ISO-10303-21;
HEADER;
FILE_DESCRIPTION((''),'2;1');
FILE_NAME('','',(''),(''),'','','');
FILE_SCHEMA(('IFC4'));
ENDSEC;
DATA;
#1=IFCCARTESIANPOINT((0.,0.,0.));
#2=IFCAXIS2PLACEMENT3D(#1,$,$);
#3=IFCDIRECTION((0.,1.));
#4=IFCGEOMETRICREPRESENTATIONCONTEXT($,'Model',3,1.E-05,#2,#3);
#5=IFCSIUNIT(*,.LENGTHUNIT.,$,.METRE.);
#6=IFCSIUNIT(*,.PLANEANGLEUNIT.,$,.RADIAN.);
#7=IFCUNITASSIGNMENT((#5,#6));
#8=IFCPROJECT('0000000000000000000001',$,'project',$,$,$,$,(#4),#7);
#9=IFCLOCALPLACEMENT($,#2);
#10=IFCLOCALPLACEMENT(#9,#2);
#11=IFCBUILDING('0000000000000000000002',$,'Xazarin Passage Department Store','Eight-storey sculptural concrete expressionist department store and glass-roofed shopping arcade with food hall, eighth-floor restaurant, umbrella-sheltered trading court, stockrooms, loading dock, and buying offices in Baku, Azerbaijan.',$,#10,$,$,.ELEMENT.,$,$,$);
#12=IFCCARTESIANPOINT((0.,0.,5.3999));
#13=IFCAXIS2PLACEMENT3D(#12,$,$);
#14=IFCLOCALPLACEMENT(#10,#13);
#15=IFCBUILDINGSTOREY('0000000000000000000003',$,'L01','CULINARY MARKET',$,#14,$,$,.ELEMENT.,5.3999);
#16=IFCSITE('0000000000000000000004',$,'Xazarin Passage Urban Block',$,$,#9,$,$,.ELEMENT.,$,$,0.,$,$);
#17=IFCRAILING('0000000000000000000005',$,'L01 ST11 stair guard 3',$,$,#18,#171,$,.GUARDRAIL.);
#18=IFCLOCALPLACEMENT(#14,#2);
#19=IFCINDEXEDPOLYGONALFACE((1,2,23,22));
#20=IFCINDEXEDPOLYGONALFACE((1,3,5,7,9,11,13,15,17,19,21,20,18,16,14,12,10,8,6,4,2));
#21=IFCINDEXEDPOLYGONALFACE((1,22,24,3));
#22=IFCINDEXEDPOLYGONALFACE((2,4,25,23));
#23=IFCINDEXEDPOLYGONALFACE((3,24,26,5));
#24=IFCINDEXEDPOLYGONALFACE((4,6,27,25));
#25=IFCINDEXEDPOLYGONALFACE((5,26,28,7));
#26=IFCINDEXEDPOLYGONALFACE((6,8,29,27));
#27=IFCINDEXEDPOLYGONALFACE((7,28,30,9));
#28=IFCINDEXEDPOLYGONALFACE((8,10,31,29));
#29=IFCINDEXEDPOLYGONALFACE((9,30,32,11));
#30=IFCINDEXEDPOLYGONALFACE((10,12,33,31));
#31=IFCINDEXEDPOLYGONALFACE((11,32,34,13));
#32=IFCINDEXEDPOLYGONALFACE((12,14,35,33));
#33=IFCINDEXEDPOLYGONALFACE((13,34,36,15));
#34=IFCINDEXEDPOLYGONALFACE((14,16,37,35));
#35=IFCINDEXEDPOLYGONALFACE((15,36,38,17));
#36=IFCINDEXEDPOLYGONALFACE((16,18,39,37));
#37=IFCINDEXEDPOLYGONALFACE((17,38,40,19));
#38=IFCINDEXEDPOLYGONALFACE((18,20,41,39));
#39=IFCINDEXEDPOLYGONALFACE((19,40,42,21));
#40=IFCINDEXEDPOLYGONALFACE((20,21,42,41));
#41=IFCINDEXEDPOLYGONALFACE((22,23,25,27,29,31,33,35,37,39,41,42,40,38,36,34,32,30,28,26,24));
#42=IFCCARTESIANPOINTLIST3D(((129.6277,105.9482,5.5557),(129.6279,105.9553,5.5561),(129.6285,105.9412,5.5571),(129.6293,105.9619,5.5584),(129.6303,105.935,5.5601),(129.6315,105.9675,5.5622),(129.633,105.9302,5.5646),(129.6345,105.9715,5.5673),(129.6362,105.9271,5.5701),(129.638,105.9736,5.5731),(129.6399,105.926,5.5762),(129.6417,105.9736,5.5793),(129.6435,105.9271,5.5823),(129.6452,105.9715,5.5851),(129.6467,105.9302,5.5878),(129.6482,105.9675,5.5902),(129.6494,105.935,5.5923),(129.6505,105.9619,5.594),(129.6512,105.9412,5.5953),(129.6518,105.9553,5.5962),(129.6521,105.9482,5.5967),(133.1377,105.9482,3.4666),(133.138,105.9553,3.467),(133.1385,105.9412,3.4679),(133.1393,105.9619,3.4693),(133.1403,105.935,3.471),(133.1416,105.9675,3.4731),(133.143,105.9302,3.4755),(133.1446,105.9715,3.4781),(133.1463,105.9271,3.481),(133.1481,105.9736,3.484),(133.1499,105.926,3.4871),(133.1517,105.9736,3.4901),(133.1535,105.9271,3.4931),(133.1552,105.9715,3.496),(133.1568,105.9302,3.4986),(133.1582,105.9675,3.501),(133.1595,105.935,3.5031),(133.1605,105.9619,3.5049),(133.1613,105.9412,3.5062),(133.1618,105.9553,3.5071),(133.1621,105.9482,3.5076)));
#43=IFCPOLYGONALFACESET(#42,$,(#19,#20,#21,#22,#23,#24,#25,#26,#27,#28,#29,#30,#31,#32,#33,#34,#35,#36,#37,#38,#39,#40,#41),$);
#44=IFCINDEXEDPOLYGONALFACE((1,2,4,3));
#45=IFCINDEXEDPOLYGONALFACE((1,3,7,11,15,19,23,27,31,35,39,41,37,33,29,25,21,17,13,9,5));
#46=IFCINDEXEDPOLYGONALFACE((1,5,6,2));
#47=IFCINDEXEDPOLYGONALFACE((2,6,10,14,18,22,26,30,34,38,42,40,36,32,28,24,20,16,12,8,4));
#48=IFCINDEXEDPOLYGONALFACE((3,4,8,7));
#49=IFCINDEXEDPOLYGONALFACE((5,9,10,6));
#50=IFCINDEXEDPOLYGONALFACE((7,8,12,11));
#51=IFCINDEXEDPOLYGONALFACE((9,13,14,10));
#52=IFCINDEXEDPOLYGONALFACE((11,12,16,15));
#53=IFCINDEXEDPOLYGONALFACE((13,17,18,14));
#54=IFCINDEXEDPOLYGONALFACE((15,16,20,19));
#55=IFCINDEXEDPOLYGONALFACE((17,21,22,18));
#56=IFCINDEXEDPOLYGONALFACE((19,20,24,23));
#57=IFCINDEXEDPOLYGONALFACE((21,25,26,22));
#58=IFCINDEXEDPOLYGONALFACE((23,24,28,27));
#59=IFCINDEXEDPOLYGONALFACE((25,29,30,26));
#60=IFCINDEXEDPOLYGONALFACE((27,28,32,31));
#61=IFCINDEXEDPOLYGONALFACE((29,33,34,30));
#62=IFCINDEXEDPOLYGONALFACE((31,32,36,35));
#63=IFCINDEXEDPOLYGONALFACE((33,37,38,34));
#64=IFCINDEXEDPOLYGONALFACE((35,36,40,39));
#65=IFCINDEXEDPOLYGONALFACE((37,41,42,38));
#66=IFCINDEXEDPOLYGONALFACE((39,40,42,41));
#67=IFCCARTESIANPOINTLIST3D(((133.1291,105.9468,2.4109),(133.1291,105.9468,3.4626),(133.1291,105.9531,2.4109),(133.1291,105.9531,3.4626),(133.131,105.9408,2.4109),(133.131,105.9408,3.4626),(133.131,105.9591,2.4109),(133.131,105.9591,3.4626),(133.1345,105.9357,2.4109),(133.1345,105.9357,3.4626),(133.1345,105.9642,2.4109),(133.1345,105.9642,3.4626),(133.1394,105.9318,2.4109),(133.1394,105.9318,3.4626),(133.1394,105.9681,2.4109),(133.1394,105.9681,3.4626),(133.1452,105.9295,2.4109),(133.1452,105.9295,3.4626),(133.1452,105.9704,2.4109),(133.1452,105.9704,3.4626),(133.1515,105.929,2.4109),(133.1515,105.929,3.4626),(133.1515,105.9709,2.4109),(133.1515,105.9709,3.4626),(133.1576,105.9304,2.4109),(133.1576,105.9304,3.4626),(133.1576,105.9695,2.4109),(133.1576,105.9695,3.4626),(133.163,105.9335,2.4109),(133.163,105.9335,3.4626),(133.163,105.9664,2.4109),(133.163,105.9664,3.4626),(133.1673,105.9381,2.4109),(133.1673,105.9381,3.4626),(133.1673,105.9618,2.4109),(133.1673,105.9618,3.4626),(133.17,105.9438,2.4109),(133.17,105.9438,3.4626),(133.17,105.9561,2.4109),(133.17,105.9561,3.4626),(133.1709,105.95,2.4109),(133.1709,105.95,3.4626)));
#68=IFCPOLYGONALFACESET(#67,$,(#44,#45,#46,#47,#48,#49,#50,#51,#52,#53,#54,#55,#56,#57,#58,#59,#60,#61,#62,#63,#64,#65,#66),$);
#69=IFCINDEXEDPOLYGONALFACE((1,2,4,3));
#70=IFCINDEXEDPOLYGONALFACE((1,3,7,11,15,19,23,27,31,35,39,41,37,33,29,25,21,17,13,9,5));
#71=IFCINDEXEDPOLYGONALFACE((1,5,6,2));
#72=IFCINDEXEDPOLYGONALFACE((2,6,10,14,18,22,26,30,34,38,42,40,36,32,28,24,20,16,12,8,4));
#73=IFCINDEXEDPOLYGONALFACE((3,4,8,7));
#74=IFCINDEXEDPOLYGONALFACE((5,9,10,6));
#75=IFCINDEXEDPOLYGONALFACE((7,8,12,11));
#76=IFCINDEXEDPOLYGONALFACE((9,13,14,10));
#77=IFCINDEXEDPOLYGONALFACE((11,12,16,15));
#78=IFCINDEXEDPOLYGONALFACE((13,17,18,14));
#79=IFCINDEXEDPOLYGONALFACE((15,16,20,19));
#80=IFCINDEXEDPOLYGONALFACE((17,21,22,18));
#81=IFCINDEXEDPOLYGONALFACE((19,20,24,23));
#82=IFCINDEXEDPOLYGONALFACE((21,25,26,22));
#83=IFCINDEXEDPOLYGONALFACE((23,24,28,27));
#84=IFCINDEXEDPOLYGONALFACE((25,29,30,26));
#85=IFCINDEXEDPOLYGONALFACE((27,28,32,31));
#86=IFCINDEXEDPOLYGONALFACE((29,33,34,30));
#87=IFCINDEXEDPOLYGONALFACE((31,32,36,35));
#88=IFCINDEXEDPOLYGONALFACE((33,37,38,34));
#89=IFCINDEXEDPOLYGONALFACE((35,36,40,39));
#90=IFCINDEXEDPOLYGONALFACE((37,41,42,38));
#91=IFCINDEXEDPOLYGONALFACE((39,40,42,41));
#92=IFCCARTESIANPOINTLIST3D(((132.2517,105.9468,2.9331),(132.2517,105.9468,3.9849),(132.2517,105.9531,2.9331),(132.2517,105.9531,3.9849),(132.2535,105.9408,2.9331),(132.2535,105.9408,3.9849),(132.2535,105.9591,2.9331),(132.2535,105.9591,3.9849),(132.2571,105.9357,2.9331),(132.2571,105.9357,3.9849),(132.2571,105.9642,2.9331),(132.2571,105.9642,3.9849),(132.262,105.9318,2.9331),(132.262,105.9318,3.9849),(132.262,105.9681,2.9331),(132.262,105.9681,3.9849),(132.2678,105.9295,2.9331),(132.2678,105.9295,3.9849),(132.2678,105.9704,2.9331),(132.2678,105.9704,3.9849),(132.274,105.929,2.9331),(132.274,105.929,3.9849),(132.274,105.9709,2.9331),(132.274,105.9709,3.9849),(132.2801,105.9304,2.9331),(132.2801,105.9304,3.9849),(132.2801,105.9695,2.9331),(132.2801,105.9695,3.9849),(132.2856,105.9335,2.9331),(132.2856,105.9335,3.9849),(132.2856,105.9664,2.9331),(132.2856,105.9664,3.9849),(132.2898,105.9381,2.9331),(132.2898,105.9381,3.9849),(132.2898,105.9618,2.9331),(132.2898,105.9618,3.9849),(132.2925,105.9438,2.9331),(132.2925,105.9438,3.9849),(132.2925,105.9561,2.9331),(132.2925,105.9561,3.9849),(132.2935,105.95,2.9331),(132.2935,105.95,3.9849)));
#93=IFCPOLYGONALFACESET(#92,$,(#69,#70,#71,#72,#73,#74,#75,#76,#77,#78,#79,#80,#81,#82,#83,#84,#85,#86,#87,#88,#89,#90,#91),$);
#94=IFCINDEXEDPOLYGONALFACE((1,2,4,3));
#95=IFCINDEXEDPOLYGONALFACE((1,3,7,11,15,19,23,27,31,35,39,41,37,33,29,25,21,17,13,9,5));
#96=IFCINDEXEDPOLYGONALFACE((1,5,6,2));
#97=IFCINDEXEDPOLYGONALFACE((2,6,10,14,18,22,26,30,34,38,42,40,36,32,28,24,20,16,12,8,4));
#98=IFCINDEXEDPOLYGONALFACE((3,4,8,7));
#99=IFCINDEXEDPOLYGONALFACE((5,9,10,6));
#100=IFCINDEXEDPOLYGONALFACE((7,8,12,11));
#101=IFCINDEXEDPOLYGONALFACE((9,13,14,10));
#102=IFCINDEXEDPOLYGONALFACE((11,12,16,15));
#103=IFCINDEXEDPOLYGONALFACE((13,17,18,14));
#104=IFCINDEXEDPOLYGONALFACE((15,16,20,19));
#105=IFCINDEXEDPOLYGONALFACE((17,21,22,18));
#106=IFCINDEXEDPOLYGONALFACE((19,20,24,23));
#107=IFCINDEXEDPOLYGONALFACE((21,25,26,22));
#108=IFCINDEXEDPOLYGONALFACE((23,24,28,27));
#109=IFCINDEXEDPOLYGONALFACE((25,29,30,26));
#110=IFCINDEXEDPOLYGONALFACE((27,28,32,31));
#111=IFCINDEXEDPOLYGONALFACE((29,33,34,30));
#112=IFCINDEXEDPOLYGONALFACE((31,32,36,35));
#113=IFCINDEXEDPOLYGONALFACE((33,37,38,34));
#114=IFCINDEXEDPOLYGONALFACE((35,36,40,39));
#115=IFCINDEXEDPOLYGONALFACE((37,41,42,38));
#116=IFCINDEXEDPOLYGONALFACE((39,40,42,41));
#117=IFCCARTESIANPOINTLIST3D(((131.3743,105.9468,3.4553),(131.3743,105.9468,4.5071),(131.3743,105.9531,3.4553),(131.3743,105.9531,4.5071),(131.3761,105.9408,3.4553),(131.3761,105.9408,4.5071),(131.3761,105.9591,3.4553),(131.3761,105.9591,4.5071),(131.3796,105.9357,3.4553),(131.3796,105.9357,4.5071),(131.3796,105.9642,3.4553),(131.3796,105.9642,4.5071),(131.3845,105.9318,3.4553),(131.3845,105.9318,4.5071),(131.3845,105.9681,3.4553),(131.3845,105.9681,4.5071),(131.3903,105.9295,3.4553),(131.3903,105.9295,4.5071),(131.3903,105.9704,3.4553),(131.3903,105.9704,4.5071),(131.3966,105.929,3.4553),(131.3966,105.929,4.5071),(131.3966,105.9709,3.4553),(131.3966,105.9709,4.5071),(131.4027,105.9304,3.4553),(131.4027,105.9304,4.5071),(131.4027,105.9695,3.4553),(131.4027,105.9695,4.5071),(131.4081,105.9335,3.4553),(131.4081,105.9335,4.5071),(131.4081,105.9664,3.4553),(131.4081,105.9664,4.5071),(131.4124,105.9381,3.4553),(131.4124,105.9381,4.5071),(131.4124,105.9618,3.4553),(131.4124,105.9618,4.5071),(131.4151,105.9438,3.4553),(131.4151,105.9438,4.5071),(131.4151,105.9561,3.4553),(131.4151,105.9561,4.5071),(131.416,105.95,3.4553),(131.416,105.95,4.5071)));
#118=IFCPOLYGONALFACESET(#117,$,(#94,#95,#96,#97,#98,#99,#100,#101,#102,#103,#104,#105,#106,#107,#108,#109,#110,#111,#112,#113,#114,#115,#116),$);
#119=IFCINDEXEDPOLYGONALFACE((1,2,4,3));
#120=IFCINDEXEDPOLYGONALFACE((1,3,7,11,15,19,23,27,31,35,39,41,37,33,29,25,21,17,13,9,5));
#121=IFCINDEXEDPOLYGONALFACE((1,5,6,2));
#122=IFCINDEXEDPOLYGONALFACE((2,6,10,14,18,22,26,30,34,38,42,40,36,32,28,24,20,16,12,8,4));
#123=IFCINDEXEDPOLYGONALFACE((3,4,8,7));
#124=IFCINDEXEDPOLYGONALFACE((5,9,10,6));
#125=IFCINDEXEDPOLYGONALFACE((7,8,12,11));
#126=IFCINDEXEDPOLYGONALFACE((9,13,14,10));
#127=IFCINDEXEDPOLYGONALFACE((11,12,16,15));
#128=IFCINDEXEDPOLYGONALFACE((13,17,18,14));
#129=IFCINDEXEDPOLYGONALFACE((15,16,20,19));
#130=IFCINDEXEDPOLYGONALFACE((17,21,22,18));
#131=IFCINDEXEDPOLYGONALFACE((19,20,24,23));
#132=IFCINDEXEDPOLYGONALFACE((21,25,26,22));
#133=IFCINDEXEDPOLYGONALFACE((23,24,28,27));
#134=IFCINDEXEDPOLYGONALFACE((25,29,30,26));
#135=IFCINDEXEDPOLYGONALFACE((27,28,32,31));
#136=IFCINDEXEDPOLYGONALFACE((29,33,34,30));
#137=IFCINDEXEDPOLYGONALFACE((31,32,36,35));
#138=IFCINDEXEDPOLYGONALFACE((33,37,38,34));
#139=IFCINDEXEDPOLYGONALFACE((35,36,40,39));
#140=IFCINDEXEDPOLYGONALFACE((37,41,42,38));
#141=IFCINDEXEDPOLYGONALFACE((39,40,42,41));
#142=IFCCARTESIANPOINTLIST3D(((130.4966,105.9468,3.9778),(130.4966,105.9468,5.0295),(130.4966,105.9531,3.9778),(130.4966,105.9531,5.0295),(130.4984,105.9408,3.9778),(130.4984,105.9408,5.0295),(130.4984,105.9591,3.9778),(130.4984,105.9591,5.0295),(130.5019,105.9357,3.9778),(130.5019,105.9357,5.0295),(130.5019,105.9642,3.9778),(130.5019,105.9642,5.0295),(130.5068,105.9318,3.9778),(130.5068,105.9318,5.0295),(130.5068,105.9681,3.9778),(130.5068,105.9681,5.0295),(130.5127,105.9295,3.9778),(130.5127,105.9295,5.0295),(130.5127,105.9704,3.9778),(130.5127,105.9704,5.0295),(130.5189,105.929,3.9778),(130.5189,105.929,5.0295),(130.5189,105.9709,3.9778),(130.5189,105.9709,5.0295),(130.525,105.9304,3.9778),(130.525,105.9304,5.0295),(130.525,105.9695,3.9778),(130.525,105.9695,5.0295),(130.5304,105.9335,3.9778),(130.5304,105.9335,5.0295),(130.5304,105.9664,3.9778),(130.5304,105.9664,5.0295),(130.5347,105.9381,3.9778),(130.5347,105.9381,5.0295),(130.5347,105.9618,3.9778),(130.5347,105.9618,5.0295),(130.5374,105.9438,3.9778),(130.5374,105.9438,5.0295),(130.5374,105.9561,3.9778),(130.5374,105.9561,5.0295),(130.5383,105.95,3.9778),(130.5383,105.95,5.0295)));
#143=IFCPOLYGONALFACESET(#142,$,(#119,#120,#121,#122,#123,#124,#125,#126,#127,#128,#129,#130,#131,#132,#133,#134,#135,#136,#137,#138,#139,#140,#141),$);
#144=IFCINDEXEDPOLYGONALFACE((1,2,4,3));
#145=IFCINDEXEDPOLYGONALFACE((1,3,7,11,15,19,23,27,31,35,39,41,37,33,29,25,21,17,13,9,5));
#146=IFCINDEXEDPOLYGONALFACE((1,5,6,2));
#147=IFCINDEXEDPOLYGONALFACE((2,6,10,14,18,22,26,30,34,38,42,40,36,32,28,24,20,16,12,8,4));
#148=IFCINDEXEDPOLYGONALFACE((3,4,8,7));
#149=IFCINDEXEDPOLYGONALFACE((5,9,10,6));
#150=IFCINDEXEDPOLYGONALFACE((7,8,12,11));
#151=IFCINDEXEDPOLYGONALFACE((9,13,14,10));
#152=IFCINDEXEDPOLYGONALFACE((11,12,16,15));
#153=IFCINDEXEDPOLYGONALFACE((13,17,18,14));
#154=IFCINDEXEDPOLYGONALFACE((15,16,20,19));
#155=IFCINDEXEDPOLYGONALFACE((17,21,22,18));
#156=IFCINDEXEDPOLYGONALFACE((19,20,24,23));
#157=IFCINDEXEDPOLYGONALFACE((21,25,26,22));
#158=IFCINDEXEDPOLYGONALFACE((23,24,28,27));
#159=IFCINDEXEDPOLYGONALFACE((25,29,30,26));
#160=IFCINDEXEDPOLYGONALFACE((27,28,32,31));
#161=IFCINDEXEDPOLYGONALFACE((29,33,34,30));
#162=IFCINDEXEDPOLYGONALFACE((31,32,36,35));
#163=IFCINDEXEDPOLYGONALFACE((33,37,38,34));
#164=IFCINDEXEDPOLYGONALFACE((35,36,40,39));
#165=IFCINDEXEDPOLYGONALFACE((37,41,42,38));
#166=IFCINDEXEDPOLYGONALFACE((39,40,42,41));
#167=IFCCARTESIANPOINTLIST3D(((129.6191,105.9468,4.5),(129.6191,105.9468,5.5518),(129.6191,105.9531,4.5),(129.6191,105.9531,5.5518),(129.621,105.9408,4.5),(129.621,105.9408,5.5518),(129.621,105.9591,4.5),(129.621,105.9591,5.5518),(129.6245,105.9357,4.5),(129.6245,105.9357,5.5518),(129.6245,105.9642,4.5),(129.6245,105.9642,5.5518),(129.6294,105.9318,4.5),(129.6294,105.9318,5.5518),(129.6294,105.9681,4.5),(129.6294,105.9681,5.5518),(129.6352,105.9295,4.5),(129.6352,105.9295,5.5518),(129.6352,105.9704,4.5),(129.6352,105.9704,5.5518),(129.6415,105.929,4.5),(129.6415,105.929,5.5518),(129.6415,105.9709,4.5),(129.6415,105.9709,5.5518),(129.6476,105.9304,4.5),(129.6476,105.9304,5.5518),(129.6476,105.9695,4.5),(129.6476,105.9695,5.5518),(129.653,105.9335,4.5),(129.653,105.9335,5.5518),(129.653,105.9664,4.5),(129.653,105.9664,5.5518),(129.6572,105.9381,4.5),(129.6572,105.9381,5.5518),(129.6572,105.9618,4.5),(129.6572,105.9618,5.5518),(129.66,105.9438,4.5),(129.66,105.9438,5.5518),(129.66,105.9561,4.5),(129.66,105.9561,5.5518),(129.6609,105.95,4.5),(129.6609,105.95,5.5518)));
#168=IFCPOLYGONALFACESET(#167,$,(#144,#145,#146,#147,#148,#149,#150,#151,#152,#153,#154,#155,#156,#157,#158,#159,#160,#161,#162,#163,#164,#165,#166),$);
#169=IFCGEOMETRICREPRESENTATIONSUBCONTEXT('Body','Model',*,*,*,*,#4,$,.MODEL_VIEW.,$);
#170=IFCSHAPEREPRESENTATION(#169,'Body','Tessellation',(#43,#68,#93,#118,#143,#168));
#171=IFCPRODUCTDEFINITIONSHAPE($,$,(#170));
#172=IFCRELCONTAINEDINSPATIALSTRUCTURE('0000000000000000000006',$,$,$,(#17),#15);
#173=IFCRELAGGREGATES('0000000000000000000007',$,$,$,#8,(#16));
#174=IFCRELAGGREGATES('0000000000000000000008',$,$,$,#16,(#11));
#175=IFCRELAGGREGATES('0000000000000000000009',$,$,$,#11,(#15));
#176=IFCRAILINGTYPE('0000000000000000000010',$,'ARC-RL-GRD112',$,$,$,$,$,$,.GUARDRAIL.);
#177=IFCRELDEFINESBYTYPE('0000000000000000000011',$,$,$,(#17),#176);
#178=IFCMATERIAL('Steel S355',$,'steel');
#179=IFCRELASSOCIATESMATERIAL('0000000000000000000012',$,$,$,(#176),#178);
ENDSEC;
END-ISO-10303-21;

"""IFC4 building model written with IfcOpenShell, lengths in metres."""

from ifc_helpers import new_model, si_unit, direction, frame, origin, origin_2d, place, context, subcontext, project, spatial, circle, extrude, material, type_object, element, save


model = new_model("IFC4")

# Units and contexts
model_context = context("Model", 3, precision=1e-05, world=origin(), true_north=direction((0.0, 1.0)))
body_context = subcontext(model_context, "Body", "Model", "MODEL_VIEW")
ifc_project = project(units=[si_unit("LENGTHUNIT", "METRE"), si_unit("PLANEANGLEUNIT", "RADIAN")], contexts=[model_context])

# Site, building, storey
site_placement = place(None, origin())
site = spatial("IfcSite", under=ifc_project, at=site_placement, Name="Xazarin Passage Urban Block", CompositionType="ELEMENT", RefElevation=0.0)
building_placement = place(site_placement, origin())
building = spatial("IfcBuilding", under=site, at=building_placement, Name="Xazarin Passage Department Store", Description="Eight-storey sculptural concrete expressionist department store and glass-roofed shopping arcade with food hall, eighth-floor restaurant, umbrella-sheltered trading court, stockrooms, loading dock, and buying offices in Baku, Azerbaijan.", CompositionType="ELEMENT")
storey_placement = place(building_placement, frame((0.0, 0.0, 5.3999)))
storey = spatial("IfcBuildingStorey", under=building, at=storey_placement, Name="L01", Description="CULINARY MARKET", CompositionType="ELEMENT", Elevation=5.3999)

# Shared definitions
ifc_material_1 = material(Name="Steel S355", Category="steel")

# Railing
railing_type_1 = type_object("IfcRailingType", Name="ARC-RL-GRD112", PredefinedType="GUARDRAIL", material=ifc_material_1)
railing_1_placement = place(storey_placement, frame((133.1499, 105.95, 2.4109)))
element("IfcRailing", 1, at=railing_1_placement, inside=storey, type_object=railing_type_1, Name="L01 ST11 stair guard 3", PredefinedType="GUARDRAIL", context=body_context, shape_type="SweptSolid", body=[
    extrude(circle(Radius=0.0239, at=origin_2d()), frame((0.0, 0.0, 1.0762), z_axis=(-0.859312, 0.0, 0.511451), x_axis=(0.0, -1.0, 0.0)), (0.0, 0.0, 1.0), 4.0847),
    extrude(circle(Radius=0.021, at=origin_2d()), origin(), (0.0, 0.0, 1.0), 1.0518),
    extrude(circle(Radius=0.021, at=origin_2d()), frame((-0.8774, 0.0, 0.5222)), (0.0, 0.0, 1.0), 1.0518),
    extrude(circle(Radius=0.021, at=origin_2d()), frame((-1.7549, 0.0, 1.0444)), (0.0, 0.0, 1.0), 1.0518),
    extrude(circle(Radius=0.021, at=origin_2d()), frame((-2.6326, 0.0, 1.5669)), (0.0, 0.0, 1.0), 1.0518),
    extrude(circle(Radius=0.021, at=origin_2d()), frame((-3.51, 0.0, 2.0891)), (0.0, 0.0, 1.0), 1.0518),
])

save(model, "model.ifc")
